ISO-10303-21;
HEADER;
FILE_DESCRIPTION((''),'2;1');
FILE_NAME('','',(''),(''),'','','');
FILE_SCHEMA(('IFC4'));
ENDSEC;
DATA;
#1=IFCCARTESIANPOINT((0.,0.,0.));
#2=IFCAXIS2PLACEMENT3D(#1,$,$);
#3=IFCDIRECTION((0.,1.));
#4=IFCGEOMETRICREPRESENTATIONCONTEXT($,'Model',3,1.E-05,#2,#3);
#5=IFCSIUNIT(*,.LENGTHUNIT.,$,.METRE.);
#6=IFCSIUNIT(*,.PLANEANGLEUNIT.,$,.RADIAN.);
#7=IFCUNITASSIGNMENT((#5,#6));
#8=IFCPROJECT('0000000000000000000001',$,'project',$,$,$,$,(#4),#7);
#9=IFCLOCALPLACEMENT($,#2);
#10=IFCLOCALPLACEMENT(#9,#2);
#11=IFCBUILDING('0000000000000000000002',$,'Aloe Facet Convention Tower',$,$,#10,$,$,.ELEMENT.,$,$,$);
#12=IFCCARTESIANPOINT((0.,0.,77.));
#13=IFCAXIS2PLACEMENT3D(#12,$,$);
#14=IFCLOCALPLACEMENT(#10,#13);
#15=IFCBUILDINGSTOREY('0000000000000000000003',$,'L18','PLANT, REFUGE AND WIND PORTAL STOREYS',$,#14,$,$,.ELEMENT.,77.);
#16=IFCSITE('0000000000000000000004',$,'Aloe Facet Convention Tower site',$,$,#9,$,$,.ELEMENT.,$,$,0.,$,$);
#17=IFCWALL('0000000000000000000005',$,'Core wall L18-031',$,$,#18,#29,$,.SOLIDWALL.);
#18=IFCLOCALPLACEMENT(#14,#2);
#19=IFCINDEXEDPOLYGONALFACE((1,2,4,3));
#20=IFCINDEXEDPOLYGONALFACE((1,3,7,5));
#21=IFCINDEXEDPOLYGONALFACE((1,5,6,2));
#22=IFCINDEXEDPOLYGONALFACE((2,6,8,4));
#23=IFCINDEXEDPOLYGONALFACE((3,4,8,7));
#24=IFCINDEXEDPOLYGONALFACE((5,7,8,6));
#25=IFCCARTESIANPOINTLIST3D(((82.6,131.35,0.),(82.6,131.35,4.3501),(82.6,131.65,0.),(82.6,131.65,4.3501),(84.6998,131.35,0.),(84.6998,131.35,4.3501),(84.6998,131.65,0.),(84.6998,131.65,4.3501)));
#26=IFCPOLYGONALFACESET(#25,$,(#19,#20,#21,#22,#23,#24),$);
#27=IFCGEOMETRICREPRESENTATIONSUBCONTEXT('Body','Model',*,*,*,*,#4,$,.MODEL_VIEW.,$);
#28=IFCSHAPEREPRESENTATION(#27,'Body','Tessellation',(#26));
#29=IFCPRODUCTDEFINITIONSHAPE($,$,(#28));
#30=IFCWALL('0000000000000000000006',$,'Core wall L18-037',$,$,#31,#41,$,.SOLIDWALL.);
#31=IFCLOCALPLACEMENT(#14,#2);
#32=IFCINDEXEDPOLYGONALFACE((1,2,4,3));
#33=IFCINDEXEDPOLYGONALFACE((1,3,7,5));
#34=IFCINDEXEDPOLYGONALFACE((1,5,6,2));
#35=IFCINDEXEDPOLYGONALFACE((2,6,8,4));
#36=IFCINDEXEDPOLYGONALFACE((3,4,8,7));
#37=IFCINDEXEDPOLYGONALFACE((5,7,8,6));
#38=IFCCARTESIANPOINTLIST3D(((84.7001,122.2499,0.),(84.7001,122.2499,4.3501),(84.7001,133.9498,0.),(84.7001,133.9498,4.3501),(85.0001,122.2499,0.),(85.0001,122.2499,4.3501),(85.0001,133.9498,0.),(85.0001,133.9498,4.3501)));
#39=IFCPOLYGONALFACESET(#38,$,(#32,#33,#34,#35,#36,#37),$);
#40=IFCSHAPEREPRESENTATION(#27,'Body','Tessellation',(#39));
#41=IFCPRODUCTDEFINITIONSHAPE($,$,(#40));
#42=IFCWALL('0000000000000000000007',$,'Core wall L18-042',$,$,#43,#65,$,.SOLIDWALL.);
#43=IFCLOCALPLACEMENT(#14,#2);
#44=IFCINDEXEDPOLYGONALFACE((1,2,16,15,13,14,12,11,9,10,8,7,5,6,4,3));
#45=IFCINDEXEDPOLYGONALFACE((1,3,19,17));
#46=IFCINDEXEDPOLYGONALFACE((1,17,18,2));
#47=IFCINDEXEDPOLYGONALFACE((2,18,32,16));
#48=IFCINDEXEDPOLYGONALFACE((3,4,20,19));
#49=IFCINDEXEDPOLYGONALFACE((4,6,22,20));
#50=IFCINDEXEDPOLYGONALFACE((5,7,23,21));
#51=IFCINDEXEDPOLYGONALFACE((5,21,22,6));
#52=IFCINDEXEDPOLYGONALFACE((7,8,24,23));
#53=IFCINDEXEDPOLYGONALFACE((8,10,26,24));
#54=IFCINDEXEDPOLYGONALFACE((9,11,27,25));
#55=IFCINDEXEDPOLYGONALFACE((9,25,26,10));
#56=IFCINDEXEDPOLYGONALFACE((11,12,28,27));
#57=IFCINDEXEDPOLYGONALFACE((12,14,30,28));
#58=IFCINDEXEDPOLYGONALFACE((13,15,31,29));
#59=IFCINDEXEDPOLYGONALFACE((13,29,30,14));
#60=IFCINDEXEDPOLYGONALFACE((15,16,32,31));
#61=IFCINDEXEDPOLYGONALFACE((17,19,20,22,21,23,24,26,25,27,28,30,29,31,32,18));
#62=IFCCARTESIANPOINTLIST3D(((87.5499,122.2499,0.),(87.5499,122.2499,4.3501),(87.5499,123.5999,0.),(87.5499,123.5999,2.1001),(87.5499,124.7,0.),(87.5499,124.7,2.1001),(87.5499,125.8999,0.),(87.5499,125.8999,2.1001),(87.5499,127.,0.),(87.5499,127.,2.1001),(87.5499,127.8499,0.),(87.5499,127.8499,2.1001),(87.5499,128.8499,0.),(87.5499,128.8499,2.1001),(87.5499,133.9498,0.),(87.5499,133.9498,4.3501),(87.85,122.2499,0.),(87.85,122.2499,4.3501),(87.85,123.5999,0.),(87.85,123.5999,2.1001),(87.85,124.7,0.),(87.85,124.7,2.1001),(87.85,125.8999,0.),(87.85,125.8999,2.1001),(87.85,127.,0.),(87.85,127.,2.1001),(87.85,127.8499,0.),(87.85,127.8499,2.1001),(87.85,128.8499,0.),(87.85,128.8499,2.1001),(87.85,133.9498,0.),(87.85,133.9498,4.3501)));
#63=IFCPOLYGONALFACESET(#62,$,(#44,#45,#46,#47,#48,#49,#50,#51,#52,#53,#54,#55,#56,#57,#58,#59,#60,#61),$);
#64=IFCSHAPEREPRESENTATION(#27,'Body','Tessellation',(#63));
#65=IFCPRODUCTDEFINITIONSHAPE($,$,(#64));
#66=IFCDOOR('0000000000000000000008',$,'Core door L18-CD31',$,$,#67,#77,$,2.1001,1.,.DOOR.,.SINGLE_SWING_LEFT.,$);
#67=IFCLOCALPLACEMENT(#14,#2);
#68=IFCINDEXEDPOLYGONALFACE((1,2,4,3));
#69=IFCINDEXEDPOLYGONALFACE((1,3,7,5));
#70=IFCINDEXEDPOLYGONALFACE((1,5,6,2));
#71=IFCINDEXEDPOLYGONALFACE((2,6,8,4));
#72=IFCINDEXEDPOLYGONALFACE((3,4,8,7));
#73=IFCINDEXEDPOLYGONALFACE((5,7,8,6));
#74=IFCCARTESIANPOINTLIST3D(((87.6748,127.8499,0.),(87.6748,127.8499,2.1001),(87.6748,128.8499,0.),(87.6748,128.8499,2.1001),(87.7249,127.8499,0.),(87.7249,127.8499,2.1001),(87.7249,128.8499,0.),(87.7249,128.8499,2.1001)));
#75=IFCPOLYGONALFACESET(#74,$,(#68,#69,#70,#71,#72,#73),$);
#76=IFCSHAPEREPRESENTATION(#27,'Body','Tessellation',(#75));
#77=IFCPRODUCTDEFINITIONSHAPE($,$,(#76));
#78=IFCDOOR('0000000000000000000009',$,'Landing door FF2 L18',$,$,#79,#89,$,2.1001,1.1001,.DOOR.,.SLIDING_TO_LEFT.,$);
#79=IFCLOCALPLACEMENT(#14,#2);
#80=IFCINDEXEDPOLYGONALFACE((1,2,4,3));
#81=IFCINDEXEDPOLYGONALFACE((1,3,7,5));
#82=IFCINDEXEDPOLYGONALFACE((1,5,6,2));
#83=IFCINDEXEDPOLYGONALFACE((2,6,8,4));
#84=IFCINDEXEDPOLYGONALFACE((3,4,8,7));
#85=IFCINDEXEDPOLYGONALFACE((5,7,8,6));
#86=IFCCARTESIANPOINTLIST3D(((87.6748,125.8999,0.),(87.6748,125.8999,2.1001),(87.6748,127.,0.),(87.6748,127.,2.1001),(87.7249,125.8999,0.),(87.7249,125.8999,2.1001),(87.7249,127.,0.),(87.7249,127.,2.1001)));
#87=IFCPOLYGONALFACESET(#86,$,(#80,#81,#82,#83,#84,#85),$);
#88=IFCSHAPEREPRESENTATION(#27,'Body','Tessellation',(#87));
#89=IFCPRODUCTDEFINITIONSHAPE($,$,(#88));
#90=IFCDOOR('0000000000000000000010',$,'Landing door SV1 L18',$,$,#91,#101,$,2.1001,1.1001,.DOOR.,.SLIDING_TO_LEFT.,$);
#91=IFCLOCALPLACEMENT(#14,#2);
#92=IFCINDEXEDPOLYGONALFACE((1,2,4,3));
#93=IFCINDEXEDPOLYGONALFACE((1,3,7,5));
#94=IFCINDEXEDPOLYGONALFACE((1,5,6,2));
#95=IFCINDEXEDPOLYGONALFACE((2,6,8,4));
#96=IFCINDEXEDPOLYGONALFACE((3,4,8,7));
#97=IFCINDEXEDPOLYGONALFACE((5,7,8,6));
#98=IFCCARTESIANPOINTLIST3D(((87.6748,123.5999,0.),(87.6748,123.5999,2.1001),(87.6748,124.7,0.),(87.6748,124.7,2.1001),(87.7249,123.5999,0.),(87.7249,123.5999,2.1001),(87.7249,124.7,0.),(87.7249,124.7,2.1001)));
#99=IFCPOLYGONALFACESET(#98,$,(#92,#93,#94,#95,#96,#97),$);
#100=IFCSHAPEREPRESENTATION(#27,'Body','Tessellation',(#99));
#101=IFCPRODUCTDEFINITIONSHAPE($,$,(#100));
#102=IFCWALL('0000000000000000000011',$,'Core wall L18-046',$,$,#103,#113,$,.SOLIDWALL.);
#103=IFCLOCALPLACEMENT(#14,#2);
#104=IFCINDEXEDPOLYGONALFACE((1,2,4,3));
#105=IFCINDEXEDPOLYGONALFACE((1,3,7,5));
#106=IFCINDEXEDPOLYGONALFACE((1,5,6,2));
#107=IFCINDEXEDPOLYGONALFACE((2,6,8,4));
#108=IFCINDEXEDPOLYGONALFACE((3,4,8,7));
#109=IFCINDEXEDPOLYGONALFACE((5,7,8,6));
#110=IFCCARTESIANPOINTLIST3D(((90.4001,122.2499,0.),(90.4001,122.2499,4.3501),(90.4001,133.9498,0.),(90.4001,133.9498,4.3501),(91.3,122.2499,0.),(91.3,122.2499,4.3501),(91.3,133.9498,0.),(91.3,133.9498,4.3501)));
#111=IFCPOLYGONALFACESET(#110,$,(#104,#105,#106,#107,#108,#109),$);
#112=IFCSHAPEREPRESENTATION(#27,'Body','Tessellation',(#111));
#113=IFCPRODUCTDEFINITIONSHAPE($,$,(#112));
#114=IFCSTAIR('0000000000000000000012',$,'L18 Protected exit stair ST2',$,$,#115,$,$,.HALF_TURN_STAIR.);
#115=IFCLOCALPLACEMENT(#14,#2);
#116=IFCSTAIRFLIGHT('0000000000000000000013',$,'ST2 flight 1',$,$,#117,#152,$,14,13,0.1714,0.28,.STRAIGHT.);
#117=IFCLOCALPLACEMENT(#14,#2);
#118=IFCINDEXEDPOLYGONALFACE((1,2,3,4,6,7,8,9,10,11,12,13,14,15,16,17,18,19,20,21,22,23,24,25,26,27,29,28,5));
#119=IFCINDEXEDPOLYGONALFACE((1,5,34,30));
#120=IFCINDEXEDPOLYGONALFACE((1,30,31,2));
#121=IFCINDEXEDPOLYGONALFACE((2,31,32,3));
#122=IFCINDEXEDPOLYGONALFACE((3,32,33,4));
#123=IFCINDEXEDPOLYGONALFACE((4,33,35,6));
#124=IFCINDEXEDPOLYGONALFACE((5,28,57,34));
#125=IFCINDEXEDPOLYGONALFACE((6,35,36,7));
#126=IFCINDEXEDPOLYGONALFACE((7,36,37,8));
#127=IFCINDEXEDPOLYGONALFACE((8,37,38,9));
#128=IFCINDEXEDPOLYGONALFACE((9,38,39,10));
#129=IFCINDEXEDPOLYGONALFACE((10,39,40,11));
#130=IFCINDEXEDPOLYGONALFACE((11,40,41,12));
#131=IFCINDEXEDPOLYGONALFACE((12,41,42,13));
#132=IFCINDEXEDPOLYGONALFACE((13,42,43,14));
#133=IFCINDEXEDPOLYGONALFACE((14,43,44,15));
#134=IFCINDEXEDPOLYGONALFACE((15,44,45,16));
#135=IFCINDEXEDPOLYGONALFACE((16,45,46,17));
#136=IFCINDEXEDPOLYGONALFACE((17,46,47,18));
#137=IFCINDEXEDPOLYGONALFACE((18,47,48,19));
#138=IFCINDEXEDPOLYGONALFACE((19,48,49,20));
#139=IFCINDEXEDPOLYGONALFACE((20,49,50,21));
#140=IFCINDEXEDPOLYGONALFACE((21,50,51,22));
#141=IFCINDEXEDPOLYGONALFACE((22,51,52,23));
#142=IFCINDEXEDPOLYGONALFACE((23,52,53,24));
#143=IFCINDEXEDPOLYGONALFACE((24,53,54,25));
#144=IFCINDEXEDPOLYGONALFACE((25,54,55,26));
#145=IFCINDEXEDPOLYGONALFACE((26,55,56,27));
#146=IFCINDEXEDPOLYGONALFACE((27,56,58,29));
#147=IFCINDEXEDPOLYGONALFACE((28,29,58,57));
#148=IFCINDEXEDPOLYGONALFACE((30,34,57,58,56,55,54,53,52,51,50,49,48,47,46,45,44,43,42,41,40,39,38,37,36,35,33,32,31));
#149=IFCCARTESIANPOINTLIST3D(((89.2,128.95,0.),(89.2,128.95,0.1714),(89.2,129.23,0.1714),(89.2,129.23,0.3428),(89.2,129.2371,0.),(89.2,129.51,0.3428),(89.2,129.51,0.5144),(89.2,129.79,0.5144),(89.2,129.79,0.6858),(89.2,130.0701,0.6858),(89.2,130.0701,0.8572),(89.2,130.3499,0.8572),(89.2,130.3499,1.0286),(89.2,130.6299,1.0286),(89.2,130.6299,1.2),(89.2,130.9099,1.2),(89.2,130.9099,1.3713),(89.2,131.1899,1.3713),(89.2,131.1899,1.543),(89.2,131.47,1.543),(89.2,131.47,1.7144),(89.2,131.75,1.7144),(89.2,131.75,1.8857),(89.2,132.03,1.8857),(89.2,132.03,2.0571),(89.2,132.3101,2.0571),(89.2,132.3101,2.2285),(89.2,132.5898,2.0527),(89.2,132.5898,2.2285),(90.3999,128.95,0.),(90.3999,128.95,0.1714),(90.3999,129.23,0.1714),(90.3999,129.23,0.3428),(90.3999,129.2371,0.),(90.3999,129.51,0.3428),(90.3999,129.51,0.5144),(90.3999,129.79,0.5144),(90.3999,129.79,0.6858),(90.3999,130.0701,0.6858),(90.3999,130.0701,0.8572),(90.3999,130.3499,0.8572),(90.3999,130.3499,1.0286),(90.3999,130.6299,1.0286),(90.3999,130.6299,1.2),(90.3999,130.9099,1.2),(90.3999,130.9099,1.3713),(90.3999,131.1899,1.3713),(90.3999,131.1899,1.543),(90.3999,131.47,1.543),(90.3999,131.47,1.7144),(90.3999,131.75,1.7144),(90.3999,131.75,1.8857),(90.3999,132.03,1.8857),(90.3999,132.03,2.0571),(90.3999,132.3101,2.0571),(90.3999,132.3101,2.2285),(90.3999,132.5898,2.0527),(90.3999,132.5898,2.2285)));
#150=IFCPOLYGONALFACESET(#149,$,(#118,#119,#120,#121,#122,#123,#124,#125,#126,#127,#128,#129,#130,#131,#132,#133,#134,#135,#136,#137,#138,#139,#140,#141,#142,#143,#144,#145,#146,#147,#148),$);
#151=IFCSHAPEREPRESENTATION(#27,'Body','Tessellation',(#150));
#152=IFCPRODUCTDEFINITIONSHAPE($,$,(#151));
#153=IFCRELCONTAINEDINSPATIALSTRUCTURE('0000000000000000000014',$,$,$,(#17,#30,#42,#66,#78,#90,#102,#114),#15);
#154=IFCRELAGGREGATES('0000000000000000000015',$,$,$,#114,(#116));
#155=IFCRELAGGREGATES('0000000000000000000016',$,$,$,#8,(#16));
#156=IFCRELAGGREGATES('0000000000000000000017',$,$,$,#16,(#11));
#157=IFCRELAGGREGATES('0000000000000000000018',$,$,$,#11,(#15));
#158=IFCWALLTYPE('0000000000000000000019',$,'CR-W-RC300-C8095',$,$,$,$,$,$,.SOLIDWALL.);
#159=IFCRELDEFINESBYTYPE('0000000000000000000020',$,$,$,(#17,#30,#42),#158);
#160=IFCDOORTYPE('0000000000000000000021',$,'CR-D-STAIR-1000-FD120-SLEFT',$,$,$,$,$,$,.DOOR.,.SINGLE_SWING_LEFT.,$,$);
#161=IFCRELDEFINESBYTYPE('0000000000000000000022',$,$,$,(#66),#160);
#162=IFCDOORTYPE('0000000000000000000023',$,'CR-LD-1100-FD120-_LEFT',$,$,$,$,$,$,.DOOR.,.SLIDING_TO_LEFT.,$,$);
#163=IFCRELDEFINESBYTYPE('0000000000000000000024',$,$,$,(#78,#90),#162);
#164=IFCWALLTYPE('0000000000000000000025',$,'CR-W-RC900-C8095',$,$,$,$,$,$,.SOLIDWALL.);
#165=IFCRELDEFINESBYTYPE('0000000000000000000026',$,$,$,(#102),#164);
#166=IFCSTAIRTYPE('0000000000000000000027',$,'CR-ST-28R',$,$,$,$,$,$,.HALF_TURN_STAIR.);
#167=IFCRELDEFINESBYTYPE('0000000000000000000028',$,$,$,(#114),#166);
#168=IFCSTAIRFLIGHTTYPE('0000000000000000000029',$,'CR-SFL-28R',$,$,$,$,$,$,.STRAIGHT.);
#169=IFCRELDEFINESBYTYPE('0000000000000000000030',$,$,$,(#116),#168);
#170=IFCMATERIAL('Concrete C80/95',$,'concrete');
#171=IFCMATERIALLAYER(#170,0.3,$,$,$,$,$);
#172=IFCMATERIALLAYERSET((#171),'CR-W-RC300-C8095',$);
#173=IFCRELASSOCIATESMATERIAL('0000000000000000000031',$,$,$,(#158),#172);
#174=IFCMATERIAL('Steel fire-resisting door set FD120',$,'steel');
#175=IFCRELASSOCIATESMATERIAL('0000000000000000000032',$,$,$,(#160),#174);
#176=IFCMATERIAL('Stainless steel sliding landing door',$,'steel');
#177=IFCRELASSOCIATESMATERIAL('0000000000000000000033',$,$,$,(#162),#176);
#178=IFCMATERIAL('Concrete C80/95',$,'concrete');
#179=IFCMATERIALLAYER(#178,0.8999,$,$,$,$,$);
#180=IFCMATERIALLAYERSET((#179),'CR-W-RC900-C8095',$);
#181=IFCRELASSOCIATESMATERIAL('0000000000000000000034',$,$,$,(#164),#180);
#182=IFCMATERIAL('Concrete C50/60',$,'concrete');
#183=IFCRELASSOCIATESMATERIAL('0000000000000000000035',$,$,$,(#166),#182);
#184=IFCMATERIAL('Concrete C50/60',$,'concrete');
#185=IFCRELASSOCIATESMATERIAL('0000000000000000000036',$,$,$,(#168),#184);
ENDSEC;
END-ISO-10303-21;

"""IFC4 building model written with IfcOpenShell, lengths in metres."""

from ifc_helpers import new_model, si_unit, direction, frame, frame_2d, origin, place, context, subcontext, project, spatial, polyline, rectangle, outline, extrude, material, layer, layer_set, type_object, element, fill, aggregate, save


model = new_model("IFC4")

# Units and contexts
model_context = context("Model", 3, precision=1e-05, world=origin(), true_north=direction((0.0, 1.0)))
body_context = subcontext(model_context, "Body", "Model", "MODEL_VIEW")
ifc_project = project(units=[si_unit("LENGTHUNIT", "METRE"), si_unit("PLANEANGLEUNIT", "RADIAN")], contexts=[model_context])

# Site, building, storey
site_placement = place(None, origin())
site = spatial("IfcSite", under=ifc_project, at=site_placement, Name="Aloe Facet Convention Tower site", CompositionType="ELEMENT", RefElevation=0.0)
building_placement = place(site_placement, origin())
building = spatial("IfcBuilding", under=site, at=building_placement, Name="Aloe Facet Convention Tower", CompositionType="ELEMENT")
storey_placement = place(building_placement, frame((0.0, 0.0, 77.0)))
storey = spatial("IfcBuildingStorey", under=building, at=storey_placement, Name="L18", Description="PLANT, REFUGE AND WIND PORTAL STOREYS", CompositionType="ELEMENT", Elevation=77.0)

# Shared definitions
ifc_material_1 = material(Name="Concrete C80/95", Category="concrete")
ifc_layer_1 = layer(ifc_material_1, 0.3)
ifc_layer_set_1 = layer_set([ifc_layer_1], Name="CR-W-RC300-C8095")
wall_type_1 = type_object("IfcWallType", Name="CR-W-RC300-C8095", PredefinedType="SOLIDWALL", material=ifc_layer_set_1)

# Walls
wall_1_placement = place(storey_placement, frame((82.6001, 131.5, 0.0), z_axis=(0.0, 0.0, 1.0), x_axis=(1.0, 0.0, 0.0)))
element("IfcWall", 1, at=wall_1_placement, inside=storey, type_object=wall_type_1, Name="Core wall L18-031", PredefinedType="SOLIDWALL", context=body_context, shape_type="SweptSolid", body=[
    extrude(rectangle(XDim=2.0999, YDim=0.3, at=frame_2d((1.0498, 0.0))), origin(), (0.0, 0.0, 1.0), 4.3501),
])
wall_2_placement = place(storey_placement, frame((84.8501, 133.95, 0.0), z_axis=(0.0, 0.0, 1.0), x_axis=(0.0, -1.0, 0.0)))
element("IfcWall", 2, at=wall_2_placement, inside=storey, type_object=wall_type_1, Name="Core wall L18-037", PredefinedType="SOLIDWALL", context=body_context, shape_type="SweptSolid", body=[
    extrude(rectangle(XDim=11.7, YDim=0.3, at=frame_2d((5.8501, 0.0))), origin(), (0.0, 0.0, 1.0), 4.3501),
])

# Wall, openings, doors
wall_3_placement = place(storey_placement, frame((87.7, 133.95, 0.0), z_axis=(0.0, 0.0, 1.0), x_axis=(0.0, -1.0, 0.0)))
wall_3 = element("IfcWall", 3, at=wall_3_placement, inside=storey, type_object=wall_type_1, Name="Core wall L18-042", PredefinedType="SOLIDWALL", context=body_context, shape_type="SweptSolid", body=[
    extrude(rectangle(XDim=11.7, YDim=0.3, at=frame_2d((5.8501, 0.0))), origin(), (0.0, 0.0, 1.0), 4.3501),
])
opening_1_placement = place(wall_3_placement, frame((6.95, 0.0, 0.0)))
opening_1 = element("IfcOpeningElement", 4, at=opening_1_placement, cuts=wall_3, PredefinedType="OPENING", context=body_context, shape_type="SweptSolid", body=[
    extrude(rectangle(XDim=1.1001, YDim=2.1001, at=frame_2d((0.55, 1.05))), frame((0.0, 0.1602, 0.0), z_axis=(0.0, -1.0, 0.0), x_axis=(1.0, 0.0, 0.0)), (0.0, 0.0, 1.0), 0.3201),
])
opening_2_placement = place(wall_3_placement, frame((5.1001, 0.0, 0.0)))
opening_2 = element("IfcOpeningElement", 5, at=opening_2_placement, cuts=wall_3, PredefinedType="OPENING", context=body_context, shape_type="SweptSolid", body=[
    extrude(rectangle(XDim=1.0, YDim=2.1001, at=frame_2d((0.5, 1.05))), frame((0.0, 0.1602, 0.0), z_axis=(0.0, -1.0, 0.0), x_axis=(1.0, 0.0, 0.0)), (0.0, 0.0, 1.0), 0.3201),
])
opening_3_placement = place(wall_3_placement, frame((9.25, 0.0, 0.0)))
opening_3 = element("IfcOpeningElement", 6, at=opening_3_placement, cuts=wall_3, PredefinedType="OPENING", context=body_context, shape_type="SweptSolid", body=[
    extrude(rectangle(XDim=1.1001, YDim=2.1001, at=frame_2d((0.55, 1.05))), frame((0.0, 0.1602, 0.0), z_axis=(0.0, -1.0, 0.0), x_axis=(1.0, 0.0, 0.0)), (0.0, 0.0, 1.0), 0.3201),
])
ifc_material_2 = material(Name="Steel fire-resisting door set FD120", Category="steel")
door_type_1 = type_object("IfcDoorType", Name="CR-D-STAIR-1000-FD120-SLEFT", OperationType="SINGLE_SWING_LEFT", PredefinedType="DOOR", material=ifc_material_2)
door_1_placement = place(opening_2_placement, origin())
door_1 = element("IfcDoor", 7, at=door_1_placement, inside=storey, type_object=door_type_1, Name="Core door L18-CD31", OperationType="SINGLE_SWING_LEFT", OverallHeight=2.1001, OverallWidth=1.0, PredefinedType="DOOR", context=body_context, shape_type="SweptSolid", body=[
    extrude(rectangle(XDim=1.0, YDim=2.1001, at=frame_2d((0.5, 1.05))), frame((0.0, 0.0249, 0.0), z_axis=(0.0, -1.0, 0.0), x_axis=(1.0, 0.0, 0.0)), (0.0, 0.0, 1.0), 0.05),
])
fill(opening_2, door_1)
ifc_material_3 = material(Name="Stainless steel sliding landing door", Category="steel")
door_type_2 = type_object("IfcDoorType", Name="CR-LD-1100-FD120-_LEFT", OperationType="SLIDING_TO_LEFT", PredefinedType="DOOR", material=ifc_material_3)
door_2_placement = place(opening_1_placement, origin())
door_2 = element("IfcDoor", 8, at=door_2_placement, inside=storey, type_object=door_type_2, Name="Landing door FF2 L18", OperationType="SLIDING_TO_LEFT", OverallHeight=2.1001, OverallWidth=1.1001, PredefinedType="DOOR", context=body_context, shape_type="SweptSolid", body=[
    extrude(rectangle(XDim=1.1001, YDim=2.1001, at=frame_2d((0.55, 1.05))), frame((0.0, 0.0249, 0.0), z_axis=(0.0, -1.0, 0.0), x_axis=(1.0, 0.0, 0.0)), (0.0, 0.0, 1.0), 0.05),
])
fill(opening_1, door_2)
door_3_placement = place(opening_3_placement, origin())
door_3 = element("IfcDoor", 9, at=door_3_placement, inside=storey, type_object=door_type_2, Name="Landing door SV1 L18", OperationType="SLIDING_TO_LEFT", OverallHeight=2.1001, OverallWidth=1.1001, PredefinedType="DOOR", context=body_context, shape_type="SweptSolid", body=[
    extrude(rectangle(XDim=1.1001, YDim=2.1001, at=frame_2d((0.55, 1.05))), frame((0.0, 0.0249, 0.0), z_axis=(0.0, -1.0, 0.0), x_axis=(1.0, 0.0, 0.0)), (0.0, 0.0, 1.0), 0.05),
])
fill(opening_3, door_3)

# Wall
ifc_material_4 = material(Name="Concrete C80/95", Category="concrete")
ifc_layer_2 = layer(ifc_material_4, 0.8999)
ifc_layer_set_2 = layer_set([ifc_layer_2], Name="CR-W-RC900-C8095")
wall_type_2 = type_object("IfcWallType", Name="CR-W-RC900-C8095", PredefinedType="SOLIDWALL", material=ifc_layer_set_2)
wall_4_placement = place(storey_placement, frame((90.8501, 133.95, 0.0), z_axis=(0.0, 0.0, 1.0), x_axis=(0.0, -1.0, 0.0)))
element("IfcWall", 10, at=wall_4_placement, inside=storey, type_object=wall_type_2, Name="Core wall L18-046", PredefinedType="SOLIDWALL", context=body_context, shape_type="SweptSolid", body=[
    extrude(rectangle(XDim=11.7, YDim=0.8999, at=frame_2d((5.8501, 0.0))), origin(), (0.0, 0.0, 1.0), 4.3501),
])

# Stair, stair flight
ifc_material_5 = material(Name="Concrete C50/60", Category="concrete")
stair_type = type_object("IfcStairType", Name="CR-ST-28R", PredefinedType="HALF_TURN_STAIR", material=ifc_material_5)
stair_placement = place(storey_placement, origin())
stair = element("IfcStair", 11, at=stair_placement, inside=storey, type_object=stair_type, Name="L18 Protected exit stair ST2", PredefinedType="HALF_TURN_STAIR")
ifc_material_6 = material(Name="Concrete C50/60", Category="concrete")
stair_flight_type = type_object("IfcStairFlightType", Name="CR-SFL-28R", PredefinedType="STRAIGHT", material=ifc_material_6)
stair_flight_1_placement = place(storey_placement, frame((89.8, 128.95, 0.0), z_axis=(0.0, 0.0, 1.0), x_axis=(0.0, 1.0, 0.0)))
stair_flight_1 = element("IfcStairFlight", 12, at=stair_flight_1_placement, type_object=stair_flight_type, Name="ST2 flight 1", NumberOfRisers=14, NumberOfTreads=13, PredefinedType="STRAIGHT", RiserHeight=0.1714, TreadLength=0.28, context=body_context, shape_type="SweptSolid", body=[
    extrude(outline(polyline([(0.0, 0.0), (0.0, 0.1714), (0.28, 0.1714), (0.28, 0.3428), (0.5601, 0.3428), (0.5601, 0.5144), (0.8401, 0.5144), (0.8401, 0.6858), (1.1201, 0.6858), (1.1201, 0.8572), (1.3999, 0.8572), (1.3999, 1.0286), (1.6799, 1.0286), (1.6799, 1.2), (1.96, 1.2), (1.96, 1.3713), (2.24, 1.3713), (2.24, 1.543), (2.52, 1.543), (2.52, 1.7144), (2.8, 1.7144), (2.8, 1.8857), (3.0801, 1.8857), (3.0801, 2.0571), (3.3601, 2.0571), (3.3601, 2.2285), (3.6399, 2.2285), (3.6399, 2.3999), (3.6399, 2.0527), (0.2871, 0.0), (0.0, 0.0)])), frame((0.0, 0.6001, 0.0), z_axis=(0.0, -1.0, 0.0), x_axis=(1.0, 0.0, 0.0)), (0.0, 0.0, 1.0), 1.2),
])
aggregate(stair, [stair_flight_1])

save(model, "model.ifc")
